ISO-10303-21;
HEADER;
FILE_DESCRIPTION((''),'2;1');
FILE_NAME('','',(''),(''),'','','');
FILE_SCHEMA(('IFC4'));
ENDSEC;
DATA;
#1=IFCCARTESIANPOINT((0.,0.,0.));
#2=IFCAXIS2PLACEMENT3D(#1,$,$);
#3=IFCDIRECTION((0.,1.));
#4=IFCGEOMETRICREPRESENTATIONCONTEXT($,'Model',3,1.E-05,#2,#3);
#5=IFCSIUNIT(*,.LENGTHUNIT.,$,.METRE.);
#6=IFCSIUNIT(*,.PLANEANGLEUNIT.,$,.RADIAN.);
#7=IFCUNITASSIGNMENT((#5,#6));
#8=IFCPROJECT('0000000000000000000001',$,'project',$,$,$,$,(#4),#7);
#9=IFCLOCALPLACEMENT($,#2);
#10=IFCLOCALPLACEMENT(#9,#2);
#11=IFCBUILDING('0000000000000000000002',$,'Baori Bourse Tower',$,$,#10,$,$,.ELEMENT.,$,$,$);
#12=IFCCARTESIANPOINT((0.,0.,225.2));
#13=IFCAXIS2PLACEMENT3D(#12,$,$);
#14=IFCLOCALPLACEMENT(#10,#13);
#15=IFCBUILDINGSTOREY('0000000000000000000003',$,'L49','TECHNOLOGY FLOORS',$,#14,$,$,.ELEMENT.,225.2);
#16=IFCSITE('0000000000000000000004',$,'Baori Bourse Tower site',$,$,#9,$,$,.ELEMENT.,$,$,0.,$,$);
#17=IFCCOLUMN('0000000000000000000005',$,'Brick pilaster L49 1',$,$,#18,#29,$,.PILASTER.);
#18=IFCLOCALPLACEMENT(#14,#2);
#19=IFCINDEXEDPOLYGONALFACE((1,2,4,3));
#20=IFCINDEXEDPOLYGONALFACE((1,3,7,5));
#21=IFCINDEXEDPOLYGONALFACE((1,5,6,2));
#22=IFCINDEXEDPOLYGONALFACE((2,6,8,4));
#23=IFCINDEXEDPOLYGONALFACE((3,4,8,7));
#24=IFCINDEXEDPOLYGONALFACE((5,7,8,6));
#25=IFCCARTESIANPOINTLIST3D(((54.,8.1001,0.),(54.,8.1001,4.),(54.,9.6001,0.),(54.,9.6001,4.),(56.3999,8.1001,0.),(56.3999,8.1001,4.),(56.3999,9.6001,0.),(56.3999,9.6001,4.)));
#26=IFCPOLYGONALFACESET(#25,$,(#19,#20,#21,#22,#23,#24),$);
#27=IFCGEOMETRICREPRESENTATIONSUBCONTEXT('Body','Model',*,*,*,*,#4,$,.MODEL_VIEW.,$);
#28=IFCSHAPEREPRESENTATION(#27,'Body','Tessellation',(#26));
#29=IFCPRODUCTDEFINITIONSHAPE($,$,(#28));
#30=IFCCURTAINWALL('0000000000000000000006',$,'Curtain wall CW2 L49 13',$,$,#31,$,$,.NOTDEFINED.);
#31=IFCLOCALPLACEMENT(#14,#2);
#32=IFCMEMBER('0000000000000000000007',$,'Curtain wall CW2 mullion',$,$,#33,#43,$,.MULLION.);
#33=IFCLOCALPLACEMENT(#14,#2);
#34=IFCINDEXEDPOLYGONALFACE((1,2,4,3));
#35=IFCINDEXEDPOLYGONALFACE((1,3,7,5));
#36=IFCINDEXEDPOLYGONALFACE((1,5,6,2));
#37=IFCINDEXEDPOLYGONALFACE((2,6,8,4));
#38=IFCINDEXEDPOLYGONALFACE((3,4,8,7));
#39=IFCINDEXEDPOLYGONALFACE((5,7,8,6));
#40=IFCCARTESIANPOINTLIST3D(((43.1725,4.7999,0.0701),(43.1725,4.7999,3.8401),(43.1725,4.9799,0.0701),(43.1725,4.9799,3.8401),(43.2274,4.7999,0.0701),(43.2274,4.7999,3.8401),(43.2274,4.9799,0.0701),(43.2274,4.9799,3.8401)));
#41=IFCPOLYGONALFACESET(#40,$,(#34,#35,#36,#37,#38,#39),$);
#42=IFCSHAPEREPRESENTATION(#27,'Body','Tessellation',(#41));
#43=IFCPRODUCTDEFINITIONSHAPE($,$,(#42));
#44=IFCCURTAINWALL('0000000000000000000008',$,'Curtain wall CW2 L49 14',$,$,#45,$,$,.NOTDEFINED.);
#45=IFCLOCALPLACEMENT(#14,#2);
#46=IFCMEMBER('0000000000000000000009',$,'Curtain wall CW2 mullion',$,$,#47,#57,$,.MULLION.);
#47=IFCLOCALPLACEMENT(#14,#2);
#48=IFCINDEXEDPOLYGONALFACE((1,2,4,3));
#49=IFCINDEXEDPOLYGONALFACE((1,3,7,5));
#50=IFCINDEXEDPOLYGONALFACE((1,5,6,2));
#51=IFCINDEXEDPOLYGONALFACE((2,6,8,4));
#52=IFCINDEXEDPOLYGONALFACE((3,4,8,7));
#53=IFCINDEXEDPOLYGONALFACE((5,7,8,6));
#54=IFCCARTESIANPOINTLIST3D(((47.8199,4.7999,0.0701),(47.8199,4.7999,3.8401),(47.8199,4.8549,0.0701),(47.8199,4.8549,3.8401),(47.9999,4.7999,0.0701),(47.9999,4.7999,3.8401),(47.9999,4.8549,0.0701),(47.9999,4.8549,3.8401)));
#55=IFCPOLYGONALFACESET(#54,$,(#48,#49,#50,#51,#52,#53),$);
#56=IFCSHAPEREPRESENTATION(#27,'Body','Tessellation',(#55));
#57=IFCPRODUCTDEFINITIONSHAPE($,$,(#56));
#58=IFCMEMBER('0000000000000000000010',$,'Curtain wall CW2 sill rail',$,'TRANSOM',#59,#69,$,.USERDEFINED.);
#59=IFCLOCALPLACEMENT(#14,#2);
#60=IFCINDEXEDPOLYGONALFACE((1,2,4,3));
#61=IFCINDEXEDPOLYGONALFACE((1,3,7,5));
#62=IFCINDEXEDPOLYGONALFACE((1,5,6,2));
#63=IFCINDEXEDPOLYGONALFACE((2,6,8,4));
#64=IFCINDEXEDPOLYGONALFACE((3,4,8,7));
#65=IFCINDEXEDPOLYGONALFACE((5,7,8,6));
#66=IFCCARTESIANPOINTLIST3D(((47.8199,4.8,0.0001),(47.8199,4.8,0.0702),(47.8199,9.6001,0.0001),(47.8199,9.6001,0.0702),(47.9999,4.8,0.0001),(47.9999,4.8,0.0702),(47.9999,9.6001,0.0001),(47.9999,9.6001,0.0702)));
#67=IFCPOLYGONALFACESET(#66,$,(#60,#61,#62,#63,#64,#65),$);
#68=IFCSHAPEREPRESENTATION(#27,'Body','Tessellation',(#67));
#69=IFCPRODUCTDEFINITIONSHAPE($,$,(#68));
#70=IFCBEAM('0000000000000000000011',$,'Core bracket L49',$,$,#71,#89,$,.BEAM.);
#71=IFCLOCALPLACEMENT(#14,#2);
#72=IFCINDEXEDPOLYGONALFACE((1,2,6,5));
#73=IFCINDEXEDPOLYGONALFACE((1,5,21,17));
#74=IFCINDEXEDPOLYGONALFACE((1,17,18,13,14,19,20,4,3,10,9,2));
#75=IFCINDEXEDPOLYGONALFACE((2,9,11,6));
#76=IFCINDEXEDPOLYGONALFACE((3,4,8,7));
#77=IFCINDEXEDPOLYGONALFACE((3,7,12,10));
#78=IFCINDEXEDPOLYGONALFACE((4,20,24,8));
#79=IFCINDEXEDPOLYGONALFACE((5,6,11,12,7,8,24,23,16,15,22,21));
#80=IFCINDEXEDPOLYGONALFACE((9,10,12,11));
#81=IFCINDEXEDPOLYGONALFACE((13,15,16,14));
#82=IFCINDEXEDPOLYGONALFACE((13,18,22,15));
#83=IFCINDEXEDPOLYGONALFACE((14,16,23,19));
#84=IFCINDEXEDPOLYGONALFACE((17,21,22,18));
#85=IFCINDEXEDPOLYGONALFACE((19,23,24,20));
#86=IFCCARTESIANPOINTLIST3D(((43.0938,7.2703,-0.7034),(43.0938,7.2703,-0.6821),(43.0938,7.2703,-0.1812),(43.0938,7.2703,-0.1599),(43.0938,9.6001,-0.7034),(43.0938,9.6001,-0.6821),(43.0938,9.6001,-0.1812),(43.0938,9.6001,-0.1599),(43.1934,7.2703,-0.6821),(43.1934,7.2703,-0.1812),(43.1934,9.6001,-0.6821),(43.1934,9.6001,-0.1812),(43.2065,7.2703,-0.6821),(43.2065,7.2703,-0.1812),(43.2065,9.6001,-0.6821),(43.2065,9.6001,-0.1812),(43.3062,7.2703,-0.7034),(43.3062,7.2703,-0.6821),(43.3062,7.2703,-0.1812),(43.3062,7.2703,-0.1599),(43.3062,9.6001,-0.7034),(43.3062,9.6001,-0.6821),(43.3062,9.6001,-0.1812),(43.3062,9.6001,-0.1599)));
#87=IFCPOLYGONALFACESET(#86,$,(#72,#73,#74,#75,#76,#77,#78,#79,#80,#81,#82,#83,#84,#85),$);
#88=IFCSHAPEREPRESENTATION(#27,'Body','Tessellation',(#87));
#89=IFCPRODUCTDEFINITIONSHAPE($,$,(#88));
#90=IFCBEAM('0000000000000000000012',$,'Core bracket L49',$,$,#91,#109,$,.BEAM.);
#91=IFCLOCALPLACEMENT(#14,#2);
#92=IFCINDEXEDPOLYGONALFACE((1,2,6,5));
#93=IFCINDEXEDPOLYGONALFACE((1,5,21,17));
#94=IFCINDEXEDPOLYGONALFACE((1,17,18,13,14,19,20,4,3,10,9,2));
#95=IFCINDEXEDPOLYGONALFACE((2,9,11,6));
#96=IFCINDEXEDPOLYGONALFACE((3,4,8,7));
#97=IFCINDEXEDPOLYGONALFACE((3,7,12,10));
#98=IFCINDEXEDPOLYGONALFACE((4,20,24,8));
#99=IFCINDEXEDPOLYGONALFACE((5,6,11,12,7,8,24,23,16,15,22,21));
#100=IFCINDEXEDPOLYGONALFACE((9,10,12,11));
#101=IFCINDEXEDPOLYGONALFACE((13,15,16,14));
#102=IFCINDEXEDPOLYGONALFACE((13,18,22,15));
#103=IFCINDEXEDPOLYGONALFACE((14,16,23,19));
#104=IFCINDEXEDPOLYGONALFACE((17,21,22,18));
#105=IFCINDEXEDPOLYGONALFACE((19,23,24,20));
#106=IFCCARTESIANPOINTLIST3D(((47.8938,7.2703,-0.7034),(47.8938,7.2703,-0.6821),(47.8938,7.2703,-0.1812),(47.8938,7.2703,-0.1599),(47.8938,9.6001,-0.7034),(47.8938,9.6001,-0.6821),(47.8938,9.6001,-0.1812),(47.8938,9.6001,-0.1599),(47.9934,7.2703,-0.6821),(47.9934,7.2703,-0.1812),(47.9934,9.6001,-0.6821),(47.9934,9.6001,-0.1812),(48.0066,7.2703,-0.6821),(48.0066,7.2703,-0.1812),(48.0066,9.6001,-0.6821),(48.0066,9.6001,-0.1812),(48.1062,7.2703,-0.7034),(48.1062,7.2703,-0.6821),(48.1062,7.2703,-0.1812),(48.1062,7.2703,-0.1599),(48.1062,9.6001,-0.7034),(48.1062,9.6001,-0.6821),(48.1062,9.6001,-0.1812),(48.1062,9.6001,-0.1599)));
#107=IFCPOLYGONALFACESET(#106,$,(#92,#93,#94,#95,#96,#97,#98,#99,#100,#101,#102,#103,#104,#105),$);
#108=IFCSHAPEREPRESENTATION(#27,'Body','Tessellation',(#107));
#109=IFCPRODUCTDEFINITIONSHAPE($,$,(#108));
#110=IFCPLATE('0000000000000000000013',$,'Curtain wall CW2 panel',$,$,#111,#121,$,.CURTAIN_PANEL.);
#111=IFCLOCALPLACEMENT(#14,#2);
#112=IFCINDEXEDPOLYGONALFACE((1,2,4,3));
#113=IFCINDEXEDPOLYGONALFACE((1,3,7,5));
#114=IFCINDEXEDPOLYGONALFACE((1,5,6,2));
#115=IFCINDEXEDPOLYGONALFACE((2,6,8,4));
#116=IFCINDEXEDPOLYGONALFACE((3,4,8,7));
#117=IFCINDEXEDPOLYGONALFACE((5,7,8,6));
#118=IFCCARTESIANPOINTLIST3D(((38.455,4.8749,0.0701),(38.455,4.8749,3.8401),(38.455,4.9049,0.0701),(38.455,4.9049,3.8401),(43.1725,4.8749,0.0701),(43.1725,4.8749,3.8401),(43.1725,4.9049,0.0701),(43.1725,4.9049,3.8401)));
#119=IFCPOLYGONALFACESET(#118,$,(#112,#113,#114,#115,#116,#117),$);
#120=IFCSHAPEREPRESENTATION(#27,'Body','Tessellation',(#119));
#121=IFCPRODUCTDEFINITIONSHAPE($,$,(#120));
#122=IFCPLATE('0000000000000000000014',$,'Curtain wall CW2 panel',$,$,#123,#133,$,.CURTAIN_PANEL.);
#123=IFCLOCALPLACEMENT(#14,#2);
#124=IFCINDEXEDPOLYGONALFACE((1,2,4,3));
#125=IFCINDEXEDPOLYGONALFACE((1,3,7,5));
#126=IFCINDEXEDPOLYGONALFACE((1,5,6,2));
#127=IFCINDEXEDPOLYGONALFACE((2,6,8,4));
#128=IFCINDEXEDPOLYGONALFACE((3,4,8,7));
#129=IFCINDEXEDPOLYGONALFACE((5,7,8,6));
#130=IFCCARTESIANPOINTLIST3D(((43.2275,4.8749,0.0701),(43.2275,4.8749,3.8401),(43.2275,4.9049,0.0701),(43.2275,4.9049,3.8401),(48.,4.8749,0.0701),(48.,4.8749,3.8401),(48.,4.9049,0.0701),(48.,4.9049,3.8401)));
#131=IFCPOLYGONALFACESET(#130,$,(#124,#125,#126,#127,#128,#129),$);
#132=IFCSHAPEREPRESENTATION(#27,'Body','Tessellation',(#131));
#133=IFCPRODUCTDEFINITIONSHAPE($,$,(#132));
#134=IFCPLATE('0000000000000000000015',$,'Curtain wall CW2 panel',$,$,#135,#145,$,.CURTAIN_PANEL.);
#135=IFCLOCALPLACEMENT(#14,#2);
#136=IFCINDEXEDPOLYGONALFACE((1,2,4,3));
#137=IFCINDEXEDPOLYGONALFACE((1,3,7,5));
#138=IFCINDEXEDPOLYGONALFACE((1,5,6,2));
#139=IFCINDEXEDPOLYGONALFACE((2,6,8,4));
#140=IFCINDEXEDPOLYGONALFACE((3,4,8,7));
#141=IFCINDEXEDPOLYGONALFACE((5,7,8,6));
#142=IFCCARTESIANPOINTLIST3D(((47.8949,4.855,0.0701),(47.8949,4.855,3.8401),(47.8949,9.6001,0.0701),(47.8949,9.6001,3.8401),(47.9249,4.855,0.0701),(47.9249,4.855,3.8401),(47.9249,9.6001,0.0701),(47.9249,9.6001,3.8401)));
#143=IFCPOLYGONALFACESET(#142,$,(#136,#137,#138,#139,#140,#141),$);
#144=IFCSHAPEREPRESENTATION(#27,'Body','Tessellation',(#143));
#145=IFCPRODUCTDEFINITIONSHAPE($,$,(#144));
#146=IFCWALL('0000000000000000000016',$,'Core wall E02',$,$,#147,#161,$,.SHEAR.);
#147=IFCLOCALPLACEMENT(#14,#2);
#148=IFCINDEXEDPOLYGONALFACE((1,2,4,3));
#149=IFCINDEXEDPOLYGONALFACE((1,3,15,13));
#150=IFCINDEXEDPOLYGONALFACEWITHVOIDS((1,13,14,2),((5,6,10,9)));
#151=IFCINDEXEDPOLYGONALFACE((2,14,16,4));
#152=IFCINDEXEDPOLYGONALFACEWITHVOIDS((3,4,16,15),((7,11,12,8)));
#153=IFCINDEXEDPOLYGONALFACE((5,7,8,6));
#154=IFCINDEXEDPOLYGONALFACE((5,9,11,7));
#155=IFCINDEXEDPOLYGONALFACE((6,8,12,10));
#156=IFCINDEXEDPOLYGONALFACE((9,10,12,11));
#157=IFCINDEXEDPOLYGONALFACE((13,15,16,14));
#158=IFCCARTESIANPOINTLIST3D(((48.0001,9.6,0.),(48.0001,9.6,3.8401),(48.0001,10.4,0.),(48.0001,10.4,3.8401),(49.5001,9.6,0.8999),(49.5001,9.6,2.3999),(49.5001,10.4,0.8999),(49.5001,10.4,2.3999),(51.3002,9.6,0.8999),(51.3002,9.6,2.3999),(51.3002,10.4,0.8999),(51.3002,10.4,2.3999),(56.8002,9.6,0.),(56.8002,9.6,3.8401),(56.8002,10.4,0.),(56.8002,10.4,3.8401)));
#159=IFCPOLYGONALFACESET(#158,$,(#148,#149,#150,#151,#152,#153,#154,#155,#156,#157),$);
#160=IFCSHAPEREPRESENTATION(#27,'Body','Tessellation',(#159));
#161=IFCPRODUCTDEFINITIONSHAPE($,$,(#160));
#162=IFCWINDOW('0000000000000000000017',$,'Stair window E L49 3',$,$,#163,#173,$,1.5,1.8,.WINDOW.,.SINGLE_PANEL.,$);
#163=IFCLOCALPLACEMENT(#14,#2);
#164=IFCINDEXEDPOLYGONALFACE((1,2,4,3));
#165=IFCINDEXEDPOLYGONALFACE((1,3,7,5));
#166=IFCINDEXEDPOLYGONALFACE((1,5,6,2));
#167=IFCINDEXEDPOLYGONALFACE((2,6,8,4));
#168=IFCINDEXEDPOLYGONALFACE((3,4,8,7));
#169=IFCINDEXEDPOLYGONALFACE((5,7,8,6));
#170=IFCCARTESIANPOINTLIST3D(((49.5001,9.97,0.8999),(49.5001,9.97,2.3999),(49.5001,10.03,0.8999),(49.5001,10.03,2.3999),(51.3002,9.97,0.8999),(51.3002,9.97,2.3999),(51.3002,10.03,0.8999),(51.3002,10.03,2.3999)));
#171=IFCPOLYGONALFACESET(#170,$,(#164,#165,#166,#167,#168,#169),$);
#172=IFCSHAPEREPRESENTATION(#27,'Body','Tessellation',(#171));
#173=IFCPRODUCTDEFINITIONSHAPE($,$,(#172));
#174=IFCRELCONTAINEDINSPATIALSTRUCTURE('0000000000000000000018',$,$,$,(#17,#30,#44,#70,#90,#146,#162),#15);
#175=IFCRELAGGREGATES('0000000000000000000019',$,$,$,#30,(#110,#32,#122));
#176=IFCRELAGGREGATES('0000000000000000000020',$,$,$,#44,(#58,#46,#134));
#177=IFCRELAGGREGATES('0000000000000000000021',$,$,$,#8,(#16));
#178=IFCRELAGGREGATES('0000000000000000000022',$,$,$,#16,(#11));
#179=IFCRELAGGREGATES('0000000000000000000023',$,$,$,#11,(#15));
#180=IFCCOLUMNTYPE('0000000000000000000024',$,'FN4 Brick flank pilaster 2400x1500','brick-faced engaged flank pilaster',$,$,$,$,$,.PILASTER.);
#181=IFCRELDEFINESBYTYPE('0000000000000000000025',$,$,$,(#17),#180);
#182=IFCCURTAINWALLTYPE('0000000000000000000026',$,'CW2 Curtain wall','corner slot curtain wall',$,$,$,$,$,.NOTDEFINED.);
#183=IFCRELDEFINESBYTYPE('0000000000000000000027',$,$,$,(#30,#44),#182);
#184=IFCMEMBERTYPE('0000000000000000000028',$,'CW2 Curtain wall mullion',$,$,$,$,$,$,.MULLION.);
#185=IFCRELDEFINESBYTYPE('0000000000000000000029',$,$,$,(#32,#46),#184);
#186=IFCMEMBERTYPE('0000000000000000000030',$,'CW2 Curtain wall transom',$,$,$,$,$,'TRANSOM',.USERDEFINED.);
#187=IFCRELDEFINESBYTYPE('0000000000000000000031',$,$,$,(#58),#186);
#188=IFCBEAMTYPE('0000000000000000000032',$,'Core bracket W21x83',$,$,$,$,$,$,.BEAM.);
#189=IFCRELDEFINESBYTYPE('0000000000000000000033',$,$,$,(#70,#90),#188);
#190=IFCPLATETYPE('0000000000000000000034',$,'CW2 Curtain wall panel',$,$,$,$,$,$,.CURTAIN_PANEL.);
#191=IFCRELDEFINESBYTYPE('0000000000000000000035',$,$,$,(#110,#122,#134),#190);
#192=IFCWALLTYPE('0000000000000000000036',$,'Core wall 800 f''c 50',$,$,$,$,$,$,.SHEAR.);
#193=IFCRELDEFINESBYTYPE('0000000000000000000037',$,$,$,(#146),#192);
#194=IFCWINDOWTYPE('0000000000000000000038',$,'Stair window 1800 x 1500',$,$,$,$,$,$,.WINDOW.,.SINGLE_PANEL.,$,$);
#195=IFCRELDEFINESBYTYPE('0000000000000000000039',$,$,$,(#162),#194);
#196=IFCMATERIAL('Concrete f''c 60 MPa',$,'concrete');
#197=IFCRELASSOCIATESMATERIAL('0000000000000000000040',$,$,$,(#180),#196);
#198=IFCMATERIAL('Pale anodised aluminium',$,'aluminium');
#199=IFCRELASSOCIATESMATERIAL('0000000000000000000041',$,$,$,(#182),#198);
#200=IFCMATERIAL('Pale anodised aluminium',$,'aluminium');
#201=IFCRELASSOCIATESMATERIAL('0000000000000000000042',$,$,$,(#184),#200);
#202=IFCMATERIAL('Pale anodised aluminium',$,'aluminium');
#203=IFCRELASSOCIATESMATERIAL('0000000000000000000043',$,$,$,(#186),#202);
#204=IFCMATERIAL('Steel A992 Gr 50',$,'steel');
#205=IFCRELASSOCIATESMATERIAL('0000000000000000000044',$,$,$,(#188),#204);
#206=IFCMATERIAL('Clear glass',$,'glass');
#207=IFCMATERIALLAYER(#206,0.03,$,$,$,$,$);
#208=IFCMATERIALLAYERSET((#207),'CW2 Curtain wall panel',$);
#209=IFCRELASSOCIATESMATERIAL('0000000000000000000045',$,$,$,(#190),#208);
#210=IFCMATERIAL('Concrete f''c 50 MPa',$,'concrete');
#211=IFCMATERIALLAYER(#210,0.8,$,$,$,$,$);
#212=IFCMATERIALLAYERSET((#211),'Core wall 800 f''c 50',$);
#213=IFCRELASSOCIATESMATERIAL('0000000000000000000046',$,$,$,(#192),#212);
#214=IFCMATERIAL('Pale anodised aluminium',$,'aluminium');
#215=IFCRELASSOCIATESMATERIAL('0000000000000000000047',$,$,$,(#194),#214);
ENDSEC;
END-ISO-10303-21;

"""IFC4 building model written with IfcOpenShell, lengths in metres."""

from ifc_helpers import new_model, si_unit, direction, frame, frame_2d, origin, origin_2d, place, context, subcontext, project, spatial, rectangle, i_section, extrude, material, layer, layer_set, material_profile, profile_set, type_object, element, fill, aggregate, save


model = new_model("IFC4")

# Units and contexts
model_context = context("Model", 3, precision=1e-05, world=origin(), true_north=direction((0.0, 1.0)))
body_context = subcontext(model_context, "Body", "Model", "MODEL_VIEW")
ifc_project = project(units=[si_unit("LENGTHUNIT", "METRE"), si_unit("PLANEANGLEUNIT", "RADIAN")], contexts=[model_context])

# Site, building, storey
site_placement = place(None, origin())
site = spatial("IfcSite", under=ifc_project, at=site_placement, Name="Baori Bourse Tower site", CompositionType="ELEMENT", RefElevation=0.0)
building_placement = place(site_placement, origin())
building = spatial("IfcBuilding", under=site, at=building_placement, Name="Baori Bourse Tower", CompositionType="ELEMENT")
storey_placement = place(building_placement, frame((0.0, 0.0, 225.2)))
storey = spatial("IfcBuildingStorey", under=building, at=storey_placement, Name="L49", Description="TECHNOLOGY FLOORS", CompositionType="ELEMENT", Elevation=225.2)

# Column
ifc_material_1 = material(Name="Concrete f'c 60 MPa", Category="concrete")
ifc_material_profile_1 = material_profile(ifc_material_1, rectangle(XDim=2.3999, YDim=1.5, at=origin_2d()), Name="RC 2400x1500")
ifc_profile_set_1 = profile_set([ifc_material_profile_1], Name="Concrete f'c 60 MPa")
column_type = type_object("IfcColumnType", Name="FN4 Brick flank pilaster 2400x1500", Description="brick-faced engaged flank pilaster", PredefinedType="PILASTER", material=ifc_profile_set_1)
column_placement = place(storey_placement, frame((55.2, 8.8501, 0.0), z_axis=(0.0, 0.0, 1.0), x_axis=(1.0, 0.0, 0.0)))
element("IfcColumn", 1, at=column_placement, inside=storey, type_object=column_type, Name="Brick pilaster L49 1", PredefinedType="PILASTER", context=body_context, shape_type="SweptSolid", body=[
    extrude(rectangle(XDim=2.3999, YDim=1.5, at=origin_2d()), origin(), (0.0, 0.0, 1.0), 4.0),
])

# Curtain wall, member
ifc_material_2 = material(Name="Pale anodised aluminium", Category="aluminium")
curtain_wall_type = type_object("IfcCurtainWallType", Name="CW2 Curtain wall", Description="corner slot curtain wall", PredefinedType="NOTDEFINED", material=ifc_material_2)
curtain_wall_1_placement = place(storey_placement, origin())
curtain_wall_1 = element("IfcCurtainWall", 2, at=curtain_wall_1_placement, inside=storey, type_object=curtain_wall_type, Name="Curtain wall CW2 L49 13", PredefinedType="NOTDEFINED")
ifc_material_3 = material(Name="Pale anodised aluminium", Category="aluminium")
ifc_material_profile_2 = material_profile(ifc_material_3, rectangle(XDim=0.1799, YDim=0.0549, at=origin_2d()), Name="Mullion 55x180")
ifc_profile_set_2 = profile_set([ifc_material_profile_2], Name="Pale anodised aluminium")
member_type_1 = type_object("IfcMemberType", Name="CW2 Curtain wall mullion", PredefinedType="MULLION", material=ifc_profile_set_2)
member_1_placement = place(storey_placement, frame((43.2, 4.8899, 0.0701), z_axis=(0.0, 0.0, 1.0), x_axis=(0.0, 1.0, 0.0)))
member_1 = element("IfcMember", 3, at=member_1_placement, type_object=member_type_1, Name="Curtain wall CW2 mullion", PredefinedType="MULLION", context=body_context, shape_type="SweptSolid", body=[
    extrude(rectangle(XDim=0.1799, YDim=0.0549, at=origin_2d()), origin(), (0.0, 0.0, 1.0), 3.77),
])

# Curtain wall, members
curtain_wall_2_placement = place(storey_placement, origin())
curtain_wall_2 = element("IfcCurtainWall", 4, at=curtain_wall_2_placement, inside=storey, type_object=curtain_wall_type, Name="Curtain wall CW2 L49 14", PredefinedType="NOTDEFINED")
member_2_placement = place(storey_placement, frame((47.9099, 4.8274, 0.0701), z_axis=(0.0, 0.0, 1.0), x_axis=(-1.0, 0.0, 0.0)))
member_2 = element("IfcMember", 5, at=member_2_placement, type_object=member_type_1, Name="Curtain wall CW2 mullion", PredefinedType="MULLION", context=body_context, shape_type="SweptSolid", body=[
    extrude(rectangle(XDim=0.1799, YDim=0.0549, at=origin_2d()), origin(), (0.0, 0.0, 1.0), 3.77),
])
ifc_material_4 = material(Name="Pale anodised aluminium", Category="aluminium")
ifc_material_profile_3 = material_profile(ifc_material_4, rectangle(XDim=0.1799, YDim=0.0701, at=origin_2d()), Name="Transom 70x180")
ifc_profile_set_3 = profile_set([ifc_material_profile_3], Name="Pale anodised aluminium")
member_type_2 = type_object("IfcMemberType", Name="CW2 Curtain wall transom", ElementType="TRANSOM", PredefinedType="USERDEFINED", material=ifc_profile_set_3)
member_3_placement = place(storey_placement, frame((47.9099, 4.8, 0.0352), z_axis=(0.0, 1.0, 0.0), x_axis=(-1.0, 0.0, 0.0)))
member_3 = element("IfcMember", 6, at=member_3_placement, type_object=member_type_2, Name="Curtain wall CW2 sill rail", ObjectType="TRANSOM", PredefinedType="USERDEFINED", context=body_context, shape_type="SweptSolid", body=[
    extrude(rectangle(XDim=0.1799, YDim=0.0701, at=origin_2d()), origin(), (0.0, 0.0, 1.0), 4.8),
])

# Beams
ifc_material_5 = material(Name="Steel A992 Gr 50", Category="steel")
ifc_material_profile_4 = material_profile(ifc_material_5, i_section(OverallWidth=0.2124, OverallDepth=0.5435, WebThickness=0.0132, FlangeThickness=0.0212, at=origin_2d()), Name="W21x83")
ifc_profile_set_4 = profile_set([ifc_material_profile_4], Name="Steel A992 Gr 50")
beam_type = type_object("IfcBeamType", Name="Core bracket W21x83", PredefinedType="BEAM", material=ifc_profile_set_4)
for number, where, z_axis, x_axis, name in (
    (7, (43.2, 7.2703, -0.4316), (0.0, 1.0, 0.0), (-1.0, 0.0, 0.0), "Core bracket L49"),
    (8, (48.0, 7.2703, -0.4316), (0.0, 1.0, 0.0), (-1.0, 0.0, 0.0), "Core bracket L49"),
):
    element("IfcBeam", number, at=place(storey_placement, frame(where, z_axis=z_axis, x_axis=x_axis)), inside=storey, type_object=beam_type, Name=name, PredefinedType="BEAM", context=body_context, shape_type="SweptSolid", body=[
        extrude(i_section(OverallWidth=0.2124, OverallDepth=0.5435, WebThickness=0.0132, FlangeThickness=0.0212, at=origin_2d()), origin(), (0.0, 0.0, 1.0), 2.3298),
    ])

# Plates
ifc_material_6 = material(Name="Clear glass", Category="glass")
ifc_layer_1 = layer(ifc_material_6, 0.03)
ifc_layer_set_1 = layer_set([ifc_layer_1], Name="CW2 Curtain wall panel")
plate_type = type_object("IfcPlateType", Name="CW2 Curtain wall panel", PredefinedType="CURTAIN_PANEL", material=ifc_layer_set_1)
plate_1_placement = place(storey_placement, frame((40.8137, 4.8899, 0.0701), z_axis=(0.0, 0.0, 1.0), x_axis=(1.0, 0.0, 0.0)))
plate_1 = element("IfcPlate", 9, at=plate_1_placement, type_object=plate_type, Name="Curtain wall CW2 panel", PredefinedType="CURTAIN_PANEL", context=body_context, shape_type="SweptSolid", body=[
    extrude(rectangle(XDim=4.7175, YDim=0.03, at=origin_2d()), origin(), (0.0, 0.0, 1.0), 3.77),
])
plate_2_placement = place(storey_placement, frame((45.6138, 4.8899, 0.0701), z_axis=(0.0, 0.0, 1.0), x_axis=(1.0, 0.0, 0.0)))
plate_2 = element("IfcPlate", 10, at=plate_2_placement, type_object=plate_type, Name="Curtain wall CW2 panel", PredefinedType="CURTAIN_PANEL", context=body_context, shape_type="SweptSolid", body=[
    extrude(rectangle(XDim=4.7725, YDim=0.03, at=origin_2d()), origin(), (0.0, 0.0, 1.0), 3.77),
])
aggregate(curtain_wall_1, [plate_1, member_1, plate_2])
plate_3_placement = place(storey_placement, frame((47.9099, 7.2275, 0.0701), z_axis=(0.0, 0.0, 1.0), x_axis=(0.0, 1.0, 0.0)))
plate_3 = element("IfcPlate", 11, at=plate_3_placement, type_object=plate_type, Name="Curtain wall CW2 panel", PredefinedType="CURTAIN_PANEL", context=body_context, shape_type="SweptSolid", body=[
    extrude(rectangle(XDim=4.7451, YDim=0.03, at=origin_2d()), origin(), (0.0, 0.0, 1.0), 3.77),
])
aggregate(curtain_wall_2, [member_3, member_2, plate_3])

# Wall, opening, window
ifc_material_7 = material(Name="Concrete f'c 50 MPa", Category="concrete")
ifc_layer_2 = layer(ifc_material_7, 0.8)
ifc_layer_set_2 = layer_set([ifc_layer_2], Name="Core wall 800 f'c 50")
wall_type_1 = type_object("IfcWallType", Name="Core wall 800 f'c 50", PredefinedType="SHEAR", material=ifc_layer_set_2)
wall_1_placement = place(storey_placement, frame((56.8, 10.0, 0.0), z_axis=(0.0, 0.0, 1.0), x_axis=(-1.0, 0.0, 0.0)))
wall_1 = element("IfcWall", 12, at=wall_1_placement, inside=storey, type_object=wall_type_1, Name="Core wall E02", PredefinedType="SHEAR", context=body_context, shape_type="SweptSolid", body=[
    extrude(rectangle(XDim=8.8, YDim=0.8, at=frame_2d((4.3999, 0.0))), origin(), (0.0, 0.0, 1.0), 3.8401),
])
opening_1_placement = place(wall_1_placement, frame((5.5, 0.0, 0.8999)))
opening_1 = element("IfcOpeningElement", 13, at=opening_1_placement, cuts=wall_1, PredefinedType="OPENING", context=body_context, shape_type="SweptSolid", body=[
    extrude(rectangle(XDim=1.8, YDim=1.5, at=frame_2d((0.8999, 0.75))), frame((0.0, 0.4099, 0.0), z_axis=(0.0, -1.0, 0.0), x_axis=(1.0, 0.0, 0.0)), (0.0, 0.0, 1.0), 0.8201),
])
ifc_material_8 = material(Name="Pale anodised aluminium", Category="aluminium")
window_type = type_object("IfcWindowType", Name="Stair window 1800 x 1500", PartitioningType="SINGLE_PANEL", PredefinedType="WINDOW", material=ifc_material_8)
window_placement = place(opening_1_placement, origin())
window = element("IfcWindow", 14, at=window_placement, inside=storey, type_object=window_type, Name="Stair window E L49 3", OverallHeight=1.5, OverallWidth=1.8, PartitioningType="SINGLE_PANEL", PredefinedType="WINDOW", context=body_context, shape_type="SweptSolid", body=[
    extrude(rectangle(XDim=1.8, YDim=1.5, at=frame_2d((0.8999, 0.75))), frame((0.0, 0.03, 0.0), z_axis=(0.0, -1.0, 0.0), x_axis=(1.0, 0.0, 0.0)), (0.0, 0.0, 1.0), 0.0601),
])
fill(opening_1, window)

save(model, "model.ifc")
